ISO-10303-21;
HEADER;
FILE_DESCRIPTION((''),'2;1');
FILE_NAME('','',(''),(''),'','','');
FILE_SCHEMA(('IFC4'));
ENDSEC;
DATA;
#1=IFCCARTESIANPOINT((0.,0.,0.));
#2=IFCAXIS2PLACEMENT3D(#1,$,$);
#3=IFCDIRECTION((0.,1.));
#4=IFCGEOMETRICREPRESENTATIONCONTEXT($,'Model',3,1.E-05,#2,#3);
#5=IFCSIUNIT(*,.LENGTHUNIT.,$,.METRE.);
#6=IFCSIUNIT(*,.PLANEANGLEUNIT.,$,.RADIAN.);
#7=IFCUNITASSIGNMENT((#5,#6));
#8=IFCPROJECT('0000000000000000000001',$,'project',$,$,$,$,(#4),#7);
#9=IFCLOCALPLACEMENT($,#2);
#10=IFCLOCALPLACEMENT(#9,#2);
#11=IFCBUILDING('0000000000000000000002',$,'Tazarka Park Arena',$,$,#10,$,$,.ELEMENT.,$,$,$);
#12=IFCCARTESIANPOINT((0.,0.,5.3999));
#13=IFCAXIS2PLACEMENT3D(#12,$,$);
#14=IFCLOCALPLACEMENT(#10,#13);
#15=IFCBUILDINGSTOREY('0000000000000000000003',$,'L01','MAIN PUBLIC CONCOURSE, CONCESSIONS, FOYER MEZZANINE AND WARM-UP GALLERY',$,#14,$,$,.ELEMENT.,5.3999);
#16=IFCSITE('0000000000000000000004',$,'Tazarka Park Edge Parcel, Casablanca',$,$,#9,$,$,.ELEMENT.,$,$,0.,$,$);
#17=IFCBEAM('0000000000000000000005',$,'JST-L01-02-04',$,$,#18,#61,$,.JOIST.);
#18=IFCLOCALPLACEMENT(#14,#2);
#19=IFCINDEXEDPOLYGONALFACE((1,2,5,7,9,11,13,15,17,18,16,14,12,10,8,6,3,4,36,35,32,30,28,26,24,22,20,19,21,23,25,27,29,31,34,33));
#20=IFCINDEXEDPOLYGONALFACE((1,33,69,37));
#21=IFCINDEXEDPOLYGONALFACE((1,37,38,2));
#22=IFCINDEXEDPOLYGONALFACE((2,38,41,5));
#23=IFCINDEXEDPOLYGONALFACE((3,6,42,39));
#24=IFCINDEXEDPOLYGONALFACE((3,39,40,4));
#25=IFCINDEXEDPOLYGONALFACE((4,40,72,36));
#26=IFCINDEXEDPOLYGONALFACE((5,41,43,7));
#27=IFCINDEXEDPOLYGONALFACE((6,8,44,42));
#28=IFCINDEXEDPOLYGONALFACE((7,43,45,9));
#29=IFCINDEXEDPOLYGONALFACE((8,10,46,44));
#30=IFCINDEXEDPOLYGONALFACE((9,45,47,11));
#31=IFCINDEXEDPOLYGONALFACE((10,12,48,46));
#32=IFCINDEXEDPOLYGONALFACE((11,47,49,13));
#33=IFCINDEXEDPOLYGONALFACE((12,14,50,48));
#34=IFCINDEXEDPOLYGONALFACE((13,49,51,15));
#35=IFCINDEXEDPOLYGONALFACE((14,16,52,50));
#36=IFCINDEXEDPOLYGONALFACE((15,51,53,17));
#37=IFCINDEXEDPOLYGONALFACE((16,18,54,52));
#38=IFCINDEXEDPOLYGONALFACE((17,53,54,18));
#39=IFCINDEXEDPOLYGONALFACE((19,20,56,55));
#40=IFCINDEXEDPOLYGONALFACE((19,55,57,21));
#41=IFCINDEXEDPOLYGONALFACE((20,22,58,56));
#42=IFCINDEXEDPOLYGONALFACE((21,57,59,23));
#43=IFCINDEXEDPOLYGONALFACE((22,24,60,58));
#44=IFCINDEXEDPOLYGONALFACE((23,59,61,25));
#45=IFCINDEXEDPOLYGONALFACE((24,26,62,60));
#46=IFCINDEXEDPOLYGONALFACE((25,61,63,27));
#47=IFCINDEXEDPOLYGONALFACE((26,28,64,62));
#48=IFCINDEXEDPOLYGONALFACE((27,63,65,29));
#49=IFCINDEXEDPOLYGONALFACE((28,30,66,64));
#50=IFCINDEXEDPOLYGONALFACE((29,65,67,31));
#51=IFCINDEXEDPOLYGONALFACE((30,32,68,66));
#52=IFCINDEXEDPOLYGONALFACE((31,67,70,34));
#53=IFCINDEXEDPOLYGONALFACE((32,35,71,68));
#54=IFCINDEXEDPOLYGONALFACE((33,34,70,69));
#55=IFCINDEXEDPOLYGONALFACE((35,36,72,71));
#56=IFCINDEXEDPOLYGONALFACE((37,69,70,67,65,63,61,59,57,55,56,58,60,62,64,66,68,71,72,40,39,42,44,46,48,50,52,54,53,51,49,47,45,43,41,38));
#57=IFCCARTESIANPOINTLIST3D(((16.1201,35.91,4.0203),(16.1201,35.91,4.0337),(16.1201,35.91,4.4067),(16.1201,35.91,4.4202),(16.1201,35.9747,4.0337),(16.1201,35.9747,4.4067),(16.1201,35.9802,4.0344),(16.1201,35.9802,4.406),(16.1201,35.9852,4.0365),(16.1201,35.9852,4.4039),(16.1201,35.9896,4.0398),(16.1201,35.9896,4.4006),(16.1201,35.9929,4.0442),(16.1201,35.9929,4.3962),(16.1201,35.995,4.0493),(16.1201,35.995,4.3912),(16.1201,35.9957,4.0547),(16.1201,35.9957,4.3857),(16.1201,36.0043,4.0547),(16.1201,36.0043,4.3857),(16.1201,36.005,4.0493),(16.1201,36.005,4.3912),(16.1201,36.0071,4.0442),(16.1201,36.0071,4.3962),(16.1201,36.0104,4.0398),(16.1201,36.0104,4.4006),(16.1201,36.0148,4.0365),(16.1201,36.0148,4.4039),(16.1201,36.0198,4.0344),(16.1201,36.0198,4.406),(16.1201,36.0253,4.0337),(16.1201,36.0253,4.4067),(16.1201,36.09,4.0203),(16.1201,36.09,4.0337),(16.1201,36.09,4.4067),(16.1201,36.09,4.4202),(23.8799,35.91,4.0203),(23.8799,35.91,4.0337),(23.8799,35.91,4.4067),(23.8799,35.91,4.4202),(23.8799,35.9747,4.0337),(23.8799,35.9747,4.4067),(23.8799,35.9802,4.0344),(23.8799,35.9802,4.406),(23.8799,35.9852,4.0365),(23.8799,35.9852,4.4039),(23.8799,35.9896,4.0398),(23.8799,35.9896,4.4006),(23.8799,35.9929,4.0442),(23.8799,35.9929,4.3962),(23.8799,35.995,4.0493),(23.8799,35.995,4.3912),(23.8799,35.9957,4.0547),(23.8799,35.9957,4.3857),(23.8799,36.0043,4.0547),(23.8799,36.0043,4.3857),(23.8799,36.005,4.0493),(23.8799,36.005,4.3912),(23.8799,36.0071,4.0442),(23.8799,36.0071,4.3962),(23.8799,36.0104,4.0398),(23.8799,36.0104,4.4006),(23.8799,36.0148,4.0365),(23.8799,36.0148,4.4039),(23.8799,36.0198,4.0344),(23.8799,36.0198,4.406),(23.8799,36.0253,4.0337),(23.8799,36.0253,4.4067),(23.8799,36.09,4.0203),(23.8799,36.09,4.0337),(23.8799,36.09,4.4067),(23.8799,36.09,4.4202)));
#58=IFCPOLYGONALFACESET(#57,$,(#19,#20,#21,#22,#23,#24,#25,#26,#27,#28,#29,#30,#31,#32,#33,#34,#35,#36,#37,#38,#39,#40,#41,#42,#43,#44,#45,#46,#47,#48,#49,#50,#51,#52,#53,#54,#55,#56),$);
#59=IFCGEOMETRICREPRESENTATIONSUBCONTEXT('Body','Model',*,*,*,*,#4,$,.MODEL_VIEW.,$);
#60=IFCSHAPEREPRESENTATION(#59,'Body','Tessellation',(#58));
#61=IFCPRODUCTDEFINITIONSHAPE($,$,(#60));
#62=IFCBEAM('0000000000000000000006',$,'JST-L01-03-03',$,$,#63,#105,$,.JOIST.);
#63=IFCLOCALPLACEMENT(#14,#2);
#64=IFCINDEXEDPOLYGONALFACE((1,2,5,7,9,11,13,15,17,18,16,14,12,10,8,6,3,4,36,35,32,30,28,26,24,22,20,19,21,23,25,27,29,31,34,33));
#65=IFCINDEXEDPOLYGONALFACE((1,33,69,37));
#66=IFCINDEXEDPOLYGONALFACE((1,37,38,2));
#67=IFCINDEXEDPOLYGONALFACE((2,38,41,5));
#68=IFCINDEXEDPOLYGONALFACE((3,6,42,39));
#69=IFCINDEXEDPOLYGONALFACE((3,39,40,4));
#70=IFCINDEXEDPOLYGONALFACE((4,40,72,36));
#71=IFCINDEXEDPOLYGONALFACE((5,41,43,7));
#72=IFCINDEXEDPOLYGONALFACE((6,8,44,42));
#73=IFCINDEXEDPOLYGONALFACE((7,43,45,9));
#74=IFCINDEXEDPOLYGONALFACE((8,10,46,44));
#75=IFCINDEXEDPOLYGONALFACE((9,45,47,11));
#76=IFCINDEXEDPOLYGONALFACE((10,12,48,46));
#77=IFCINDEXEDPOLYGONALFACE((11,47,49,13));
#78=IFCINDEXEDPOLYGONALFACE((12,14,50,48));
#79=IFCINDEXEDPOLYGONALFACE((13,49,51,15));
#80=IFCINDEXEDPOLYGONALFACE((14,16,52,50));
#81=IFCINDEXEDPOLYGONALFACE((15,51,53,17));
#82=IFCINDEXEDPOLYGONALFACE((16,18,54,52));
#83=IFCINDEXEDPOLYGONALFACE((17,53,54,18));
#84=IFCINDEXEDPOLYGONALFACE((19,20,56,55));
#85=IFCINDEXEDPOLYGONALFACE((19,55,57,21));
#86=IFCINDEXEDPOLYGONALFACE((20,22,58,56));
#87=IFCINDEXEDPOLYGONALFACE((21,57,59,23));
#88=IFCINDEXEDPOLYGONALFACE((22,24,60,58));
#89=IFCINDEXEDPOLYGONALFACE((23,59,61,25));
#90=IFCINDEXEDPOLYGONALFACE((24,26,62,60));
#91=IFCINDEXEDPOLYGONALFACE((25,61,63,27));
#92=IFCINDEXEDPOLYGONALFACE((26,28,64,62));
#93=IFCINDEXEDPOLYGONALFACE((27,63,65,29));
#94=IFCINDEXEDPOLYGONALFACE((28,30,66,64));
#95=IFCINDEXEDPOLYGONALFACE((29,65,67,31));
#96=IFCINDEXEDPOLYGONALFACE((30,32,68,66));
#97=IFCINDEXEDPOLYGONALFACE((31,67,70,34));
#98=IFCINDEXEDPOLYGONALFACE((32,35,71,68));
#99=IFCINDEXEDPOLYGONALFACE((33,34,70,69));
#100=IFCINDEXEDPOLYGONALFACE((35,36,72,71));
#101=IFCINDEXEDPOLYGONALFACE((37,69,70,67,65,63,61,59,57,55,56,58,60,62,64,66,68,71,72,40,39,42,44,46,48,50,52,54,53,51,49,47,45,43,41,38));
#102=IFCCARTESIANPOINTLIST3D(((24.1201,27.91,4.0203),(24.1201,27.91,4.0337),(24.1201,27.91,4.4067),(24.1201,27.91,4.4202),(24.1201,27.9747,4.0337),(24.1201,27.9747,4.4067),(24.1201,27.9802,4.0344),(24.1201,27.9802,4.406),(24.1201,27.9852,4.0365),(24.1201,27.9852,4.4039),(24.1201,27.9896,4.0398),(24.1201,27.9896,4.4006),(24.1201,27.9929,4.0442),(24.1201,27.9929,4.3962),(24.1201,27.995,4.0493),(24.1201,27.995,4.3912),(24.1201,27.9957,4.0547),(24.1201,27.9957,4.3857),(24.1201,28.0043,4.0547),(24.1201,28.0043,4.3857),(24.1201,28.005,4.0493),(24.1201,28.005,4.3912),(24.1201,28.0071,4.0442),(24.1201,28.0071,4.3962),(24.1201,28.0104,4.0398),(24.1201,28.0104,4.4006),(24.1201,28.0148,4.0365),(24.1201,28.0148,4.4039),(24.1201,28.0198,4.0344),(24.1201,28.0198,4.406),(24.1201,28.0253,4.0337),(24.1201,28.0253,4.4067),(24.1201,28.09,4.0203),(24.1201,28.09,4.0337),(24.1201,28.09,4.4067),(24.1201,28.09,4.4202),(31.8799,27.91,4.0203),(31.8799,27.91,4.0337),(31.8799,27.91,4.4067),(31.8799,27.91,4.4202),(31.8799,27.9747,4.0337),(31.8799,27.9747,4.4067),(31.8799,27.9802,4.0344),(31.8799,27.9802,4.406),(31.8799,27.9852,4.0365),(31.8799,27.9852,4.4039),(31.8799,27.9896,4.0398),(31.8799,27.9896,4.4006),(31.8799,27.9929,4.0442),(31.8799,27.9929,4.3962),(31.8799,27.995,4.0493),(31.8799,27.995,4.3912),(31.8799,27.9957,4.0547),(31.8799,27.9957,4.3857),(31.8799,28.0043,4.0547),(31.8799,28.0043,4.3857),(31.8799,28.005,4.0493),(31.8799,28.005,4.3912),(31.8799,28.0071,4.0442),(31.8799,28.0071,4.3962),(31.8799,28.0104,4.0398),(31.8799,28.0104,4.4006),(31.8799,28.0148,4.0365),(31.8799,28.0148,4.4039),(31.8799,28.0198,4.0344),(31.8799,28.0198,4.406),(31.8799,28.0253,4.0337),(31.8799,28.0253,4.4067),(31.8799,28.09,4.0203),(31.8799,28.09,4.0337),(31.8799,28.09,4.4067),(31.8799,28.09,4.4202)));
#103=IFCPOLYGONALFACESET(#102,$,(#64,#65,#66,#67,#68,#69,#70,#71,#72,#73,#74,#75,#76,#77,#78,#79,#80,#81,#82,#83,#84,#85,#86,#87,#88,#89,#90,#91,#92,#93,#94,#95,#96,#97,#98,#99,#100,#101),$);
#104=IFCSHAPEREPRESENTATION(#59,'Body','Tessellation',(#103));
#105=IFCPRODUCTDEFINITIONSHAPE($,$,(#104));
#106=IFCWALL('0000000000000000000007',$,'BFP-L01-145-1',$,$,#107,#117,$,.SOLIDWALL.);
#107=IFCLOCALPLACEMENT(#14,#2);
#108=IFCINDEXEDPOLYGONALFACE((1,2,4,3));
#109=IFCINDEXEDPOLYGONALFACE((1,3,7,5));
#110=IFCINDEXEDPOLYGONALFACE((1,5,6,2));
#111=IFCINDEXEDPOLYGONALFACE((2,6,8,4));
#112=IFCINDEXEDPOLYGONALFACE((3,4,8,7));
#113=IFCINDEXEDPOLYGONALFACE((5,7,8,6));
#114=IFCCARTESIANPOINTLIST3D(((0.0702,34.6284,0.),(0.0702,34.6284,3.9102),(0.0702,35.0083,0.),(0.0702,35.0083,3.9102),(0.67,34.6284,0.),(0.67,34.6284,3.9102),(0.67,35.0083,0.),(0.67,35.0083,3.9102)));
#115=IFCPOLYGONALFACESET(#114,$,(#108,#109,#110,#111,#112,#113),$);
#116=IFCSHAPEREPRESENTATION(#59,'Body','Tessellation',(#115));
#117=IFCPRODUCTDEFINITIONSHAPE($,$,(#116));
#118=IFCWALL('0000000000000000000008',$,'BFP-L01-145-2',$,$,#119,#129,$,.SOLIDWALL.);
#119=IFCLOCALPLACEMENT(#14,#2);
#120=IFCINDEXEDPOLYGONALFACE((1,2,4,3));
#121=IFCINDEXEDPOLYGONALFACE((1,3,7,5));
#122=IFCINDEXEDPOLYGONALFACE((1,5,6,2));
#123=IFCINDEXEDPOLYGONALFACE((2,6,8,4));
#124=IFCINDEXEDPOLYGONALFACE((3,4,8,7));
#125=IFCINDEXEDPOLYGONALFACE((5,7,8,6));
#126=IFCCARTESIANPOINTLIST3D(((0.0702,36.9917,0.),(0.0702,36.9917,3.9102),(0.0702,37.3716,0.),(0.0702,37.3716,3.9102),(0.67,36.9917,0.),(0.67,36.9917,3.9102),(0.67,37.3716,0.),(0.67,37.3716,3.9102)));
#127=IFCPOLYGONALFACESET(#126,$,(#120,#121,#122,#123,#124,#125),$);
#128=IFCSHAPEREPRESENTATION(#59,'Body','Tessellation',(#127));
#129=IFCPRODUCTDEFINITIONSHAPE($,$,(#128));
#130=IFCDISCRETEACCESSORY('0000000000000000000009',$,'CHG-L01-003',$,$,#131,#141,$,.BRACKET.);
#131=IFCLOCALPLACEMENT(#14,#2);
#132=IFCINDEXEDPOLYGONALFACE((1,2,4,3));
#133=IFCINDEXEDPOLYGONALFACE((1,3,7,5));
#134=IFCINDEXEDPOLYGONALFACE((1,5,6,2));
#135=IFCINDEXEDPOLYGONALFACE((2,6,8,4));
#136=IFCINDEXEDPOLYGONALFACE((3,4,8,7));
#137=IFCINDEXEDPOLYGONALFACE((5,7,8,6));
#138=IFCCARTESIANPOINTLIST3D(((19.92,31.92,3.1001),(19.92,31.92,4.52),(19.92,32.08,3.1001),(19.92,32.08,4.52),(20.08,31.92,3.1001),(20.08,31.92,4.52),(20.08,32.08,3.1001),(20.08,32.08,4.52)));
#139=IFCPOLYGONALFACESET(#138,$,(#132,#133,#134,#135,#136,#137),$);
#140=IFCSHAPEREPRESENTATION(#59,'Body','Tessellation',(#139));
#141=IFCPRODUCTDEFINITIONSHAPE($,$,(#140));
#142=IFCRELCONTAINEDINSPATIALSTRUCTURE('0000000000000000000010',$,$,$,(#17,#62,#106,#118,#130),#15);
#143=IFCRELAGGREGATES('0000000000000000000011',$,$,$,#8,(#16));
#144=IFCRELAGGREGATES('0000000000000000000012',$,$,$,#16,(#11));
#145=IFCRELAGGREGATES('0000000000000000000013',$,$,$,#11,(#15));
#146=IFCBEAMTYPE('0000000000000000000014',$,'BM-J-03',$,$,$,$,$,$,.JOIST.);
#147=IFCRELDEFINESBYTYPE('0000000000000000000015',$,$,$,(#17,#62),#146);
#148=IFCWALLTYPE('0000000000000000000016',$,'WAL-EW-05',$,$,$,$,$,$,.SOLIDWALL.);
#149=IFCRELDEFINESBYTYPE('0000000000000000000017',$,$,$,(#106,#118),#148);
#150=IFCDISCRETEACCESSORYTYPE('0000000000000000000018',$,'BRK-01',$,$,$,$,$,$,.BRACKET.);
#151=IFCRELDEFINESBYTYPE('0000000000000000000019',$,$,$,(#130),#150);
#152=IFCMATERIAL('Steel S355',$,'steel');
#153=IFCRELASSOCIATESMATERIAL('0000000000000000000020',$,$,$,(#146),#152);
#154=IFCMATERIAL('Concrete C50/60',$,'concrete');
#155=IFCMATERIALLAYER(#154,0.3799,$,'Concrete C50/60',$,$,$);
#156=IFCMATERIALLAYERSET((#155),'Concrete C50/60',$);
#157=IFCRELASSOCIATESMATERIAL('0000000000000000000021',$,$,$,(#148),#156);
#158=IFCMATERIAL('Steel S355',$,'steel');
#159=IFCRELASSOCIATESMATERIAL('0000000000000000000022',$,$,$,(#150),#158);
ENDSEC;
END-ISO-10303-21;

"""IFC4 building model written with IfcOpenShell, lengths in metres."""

from ifc_helpers import new_model, si_unit, direction, frame, frame_2d, origin, origin_2d, place, context, subcontext, project, spatial, rectangle, i_section, extrude, material, layer, layer_set, material_profile, profile_set, type_object, element, save


model = new_model("IFC4")

# Units and contexts
model_context = context("Model", 3, precision=1e-05, world=origin(), true_north=direction((0.0, 1.0)))
body_context = subcontext(model_context, "Body", "Model", "MODEL_VIEW")
ifc_project = project(units=[si_unit("LENGTHUNIT", "METRE"), si_unit("PLANEANGLEUNIT", "RADIAN")], contexts=[model_context])

# Site, building, storey
site_placement = place(None, origin())
site = spatial("IfcSite", under=ifc_project, at=site_placement, Name="Tazarka Park Edge Parcel, Casablanca", CompositionType="ELEMENT", RefElevation=0.0)
building_placement = place(site_placement, origin())
building = spatial("IfcBuilding", under=site, at=building_placement, Name="Tazarka Park Arena", CompositionType="ELEMENT")
storey_placement = place(building_placement, frame((0.0, 0.0, 5.3999)))
storey = spatial("IfcBuildingStorey", under=building, at=storey_placement, Name="L01", Description="MAIN PUBLIC CONCOURSE, CONCESSIONS, FOYER MEZZANINE AND WARM-UP GALLERY", CompositionType="ELEMENT", Elevation=5.3999)

# Beams
ifc_material_1 = material(Name="Steel S355", Category="steel")
ifc_material_profile_1 = material_profile(ifc_material_1, i_section(OverallWidth=0.1799, OverallDepth=0.3999, WebThickness=0.0085, FlangeThickness=0.0134, FilletRadius=0.021, at=origin_2d()), Name="Steel S355")
ifc_profile_set_1 = profile_set([ifc_material_profile_1], Name="Steel S355")
beam_type_1 = type_object("IfcBeamType", Name="BM-J-03", PredefinedType="JOIST", material=ifc_profile_set_1)
for number, where, z_axis, x_axis, name in (
    (1, (16.1201, 36.0, 4.2202), (1.0, 0.0, 0.0), (0.0, 1.0, 0.0), "JST-L01-02-04"),
    (2, (24.1201, 28.0, 4.2202), (1.0, 0.0, 0.0), (0.0, 1.0, 0.0), "JST-L01-03-03"),
):
    element("IfcBeam", number, at=place(storey_placement, frame(where, z_axis=z_axis, x_axis=x_axis)), inside=storey, type_object=beam_type_1, Name=name, PredefinedType="JOIST", context=body_context, shape_type="SweptSolid", body=[
        extrude(i_section(OverallWidth=0.1799, OverallDepth=0.3999, WebThickness=0.0085, FlangeThickness=0.0134, FilletRadius=0.021, at=origin_2d()), origin(), (0.0, 0.0, 1.0), 7.7598),
    ])

# Walls
ifc_material_2 = material(Name="Concrete C50/60", Category="concrete")
ifc_layer = layer(ifc_material_2, 0.3799, Name="Concrete C50/60")
ifc_layer_set = layer_set([ifc_layer], Name="Concrete C50/60")
wall_type = type_object("IfcWallType", Name="WAL-EW-05", PredefinedType="SOLIDWALL", material=ifc_layer_set)
for number, where, z_axis, x_axis, name in (
    (3, (0.6699, 34.8184, 0.0), (0.0, 0.0, 1.0), (-1.0, 0.0, 0.0), "BFP-L01-145-1"),
    (4, (0.6699, 37.1816, 0.0), (0.0, 0.0, 1.0), (-1.0, 0.0, 0.0), "BFP-L01-145-2"),
):
    element("IfcWall", number, at=place(storey_placement, frame(where, z_axis=z_axis, x_axis=x_axis)), inside=storey, type_object=wall_type, Name=name, PredefinedType="SOLIDWALL", context=body_context, shape_type="SweptSolid", body=[
        extrude(rectangle(XDim=0.5999, YDim=0.3799, at=frame_2d((0.2998, 0.0))), origin(), (0.0, 0.0, 1.0), 3.9102),
    ])

# Discrete accessory
ifc_material_3 = material(Name="Steel S355", Category="steel")
discrete_accessory_type = type_object("IfcDiscreteAccessoryType", Name="BRK-01", PredefinedType="BRACKET", material=ifc_material_3)
discrete_accessory_placement = place(storey_placement, frame((20.0, 32.0, 3.1001), z_axis=(0.0, 0.0, 1.0), x_axis=(1.0, 0.0, 0.0)))
element("IfcDiscreteAccessory", 5, at=discrete_accessory_placement, inside=storey, type_object=discrete_accessory_type, Name="CHG-L01-003", PredefinedType="BRACKET", context=body_context, shape_type="SweptSolid", body=[
    extrude(rectangle(XDim=0.1599, YDim=0.1599, at=origin_2d()), origin(), (0.0, 0.0, 1.0), 1.4199),
])

save(model, "model.ifc")
